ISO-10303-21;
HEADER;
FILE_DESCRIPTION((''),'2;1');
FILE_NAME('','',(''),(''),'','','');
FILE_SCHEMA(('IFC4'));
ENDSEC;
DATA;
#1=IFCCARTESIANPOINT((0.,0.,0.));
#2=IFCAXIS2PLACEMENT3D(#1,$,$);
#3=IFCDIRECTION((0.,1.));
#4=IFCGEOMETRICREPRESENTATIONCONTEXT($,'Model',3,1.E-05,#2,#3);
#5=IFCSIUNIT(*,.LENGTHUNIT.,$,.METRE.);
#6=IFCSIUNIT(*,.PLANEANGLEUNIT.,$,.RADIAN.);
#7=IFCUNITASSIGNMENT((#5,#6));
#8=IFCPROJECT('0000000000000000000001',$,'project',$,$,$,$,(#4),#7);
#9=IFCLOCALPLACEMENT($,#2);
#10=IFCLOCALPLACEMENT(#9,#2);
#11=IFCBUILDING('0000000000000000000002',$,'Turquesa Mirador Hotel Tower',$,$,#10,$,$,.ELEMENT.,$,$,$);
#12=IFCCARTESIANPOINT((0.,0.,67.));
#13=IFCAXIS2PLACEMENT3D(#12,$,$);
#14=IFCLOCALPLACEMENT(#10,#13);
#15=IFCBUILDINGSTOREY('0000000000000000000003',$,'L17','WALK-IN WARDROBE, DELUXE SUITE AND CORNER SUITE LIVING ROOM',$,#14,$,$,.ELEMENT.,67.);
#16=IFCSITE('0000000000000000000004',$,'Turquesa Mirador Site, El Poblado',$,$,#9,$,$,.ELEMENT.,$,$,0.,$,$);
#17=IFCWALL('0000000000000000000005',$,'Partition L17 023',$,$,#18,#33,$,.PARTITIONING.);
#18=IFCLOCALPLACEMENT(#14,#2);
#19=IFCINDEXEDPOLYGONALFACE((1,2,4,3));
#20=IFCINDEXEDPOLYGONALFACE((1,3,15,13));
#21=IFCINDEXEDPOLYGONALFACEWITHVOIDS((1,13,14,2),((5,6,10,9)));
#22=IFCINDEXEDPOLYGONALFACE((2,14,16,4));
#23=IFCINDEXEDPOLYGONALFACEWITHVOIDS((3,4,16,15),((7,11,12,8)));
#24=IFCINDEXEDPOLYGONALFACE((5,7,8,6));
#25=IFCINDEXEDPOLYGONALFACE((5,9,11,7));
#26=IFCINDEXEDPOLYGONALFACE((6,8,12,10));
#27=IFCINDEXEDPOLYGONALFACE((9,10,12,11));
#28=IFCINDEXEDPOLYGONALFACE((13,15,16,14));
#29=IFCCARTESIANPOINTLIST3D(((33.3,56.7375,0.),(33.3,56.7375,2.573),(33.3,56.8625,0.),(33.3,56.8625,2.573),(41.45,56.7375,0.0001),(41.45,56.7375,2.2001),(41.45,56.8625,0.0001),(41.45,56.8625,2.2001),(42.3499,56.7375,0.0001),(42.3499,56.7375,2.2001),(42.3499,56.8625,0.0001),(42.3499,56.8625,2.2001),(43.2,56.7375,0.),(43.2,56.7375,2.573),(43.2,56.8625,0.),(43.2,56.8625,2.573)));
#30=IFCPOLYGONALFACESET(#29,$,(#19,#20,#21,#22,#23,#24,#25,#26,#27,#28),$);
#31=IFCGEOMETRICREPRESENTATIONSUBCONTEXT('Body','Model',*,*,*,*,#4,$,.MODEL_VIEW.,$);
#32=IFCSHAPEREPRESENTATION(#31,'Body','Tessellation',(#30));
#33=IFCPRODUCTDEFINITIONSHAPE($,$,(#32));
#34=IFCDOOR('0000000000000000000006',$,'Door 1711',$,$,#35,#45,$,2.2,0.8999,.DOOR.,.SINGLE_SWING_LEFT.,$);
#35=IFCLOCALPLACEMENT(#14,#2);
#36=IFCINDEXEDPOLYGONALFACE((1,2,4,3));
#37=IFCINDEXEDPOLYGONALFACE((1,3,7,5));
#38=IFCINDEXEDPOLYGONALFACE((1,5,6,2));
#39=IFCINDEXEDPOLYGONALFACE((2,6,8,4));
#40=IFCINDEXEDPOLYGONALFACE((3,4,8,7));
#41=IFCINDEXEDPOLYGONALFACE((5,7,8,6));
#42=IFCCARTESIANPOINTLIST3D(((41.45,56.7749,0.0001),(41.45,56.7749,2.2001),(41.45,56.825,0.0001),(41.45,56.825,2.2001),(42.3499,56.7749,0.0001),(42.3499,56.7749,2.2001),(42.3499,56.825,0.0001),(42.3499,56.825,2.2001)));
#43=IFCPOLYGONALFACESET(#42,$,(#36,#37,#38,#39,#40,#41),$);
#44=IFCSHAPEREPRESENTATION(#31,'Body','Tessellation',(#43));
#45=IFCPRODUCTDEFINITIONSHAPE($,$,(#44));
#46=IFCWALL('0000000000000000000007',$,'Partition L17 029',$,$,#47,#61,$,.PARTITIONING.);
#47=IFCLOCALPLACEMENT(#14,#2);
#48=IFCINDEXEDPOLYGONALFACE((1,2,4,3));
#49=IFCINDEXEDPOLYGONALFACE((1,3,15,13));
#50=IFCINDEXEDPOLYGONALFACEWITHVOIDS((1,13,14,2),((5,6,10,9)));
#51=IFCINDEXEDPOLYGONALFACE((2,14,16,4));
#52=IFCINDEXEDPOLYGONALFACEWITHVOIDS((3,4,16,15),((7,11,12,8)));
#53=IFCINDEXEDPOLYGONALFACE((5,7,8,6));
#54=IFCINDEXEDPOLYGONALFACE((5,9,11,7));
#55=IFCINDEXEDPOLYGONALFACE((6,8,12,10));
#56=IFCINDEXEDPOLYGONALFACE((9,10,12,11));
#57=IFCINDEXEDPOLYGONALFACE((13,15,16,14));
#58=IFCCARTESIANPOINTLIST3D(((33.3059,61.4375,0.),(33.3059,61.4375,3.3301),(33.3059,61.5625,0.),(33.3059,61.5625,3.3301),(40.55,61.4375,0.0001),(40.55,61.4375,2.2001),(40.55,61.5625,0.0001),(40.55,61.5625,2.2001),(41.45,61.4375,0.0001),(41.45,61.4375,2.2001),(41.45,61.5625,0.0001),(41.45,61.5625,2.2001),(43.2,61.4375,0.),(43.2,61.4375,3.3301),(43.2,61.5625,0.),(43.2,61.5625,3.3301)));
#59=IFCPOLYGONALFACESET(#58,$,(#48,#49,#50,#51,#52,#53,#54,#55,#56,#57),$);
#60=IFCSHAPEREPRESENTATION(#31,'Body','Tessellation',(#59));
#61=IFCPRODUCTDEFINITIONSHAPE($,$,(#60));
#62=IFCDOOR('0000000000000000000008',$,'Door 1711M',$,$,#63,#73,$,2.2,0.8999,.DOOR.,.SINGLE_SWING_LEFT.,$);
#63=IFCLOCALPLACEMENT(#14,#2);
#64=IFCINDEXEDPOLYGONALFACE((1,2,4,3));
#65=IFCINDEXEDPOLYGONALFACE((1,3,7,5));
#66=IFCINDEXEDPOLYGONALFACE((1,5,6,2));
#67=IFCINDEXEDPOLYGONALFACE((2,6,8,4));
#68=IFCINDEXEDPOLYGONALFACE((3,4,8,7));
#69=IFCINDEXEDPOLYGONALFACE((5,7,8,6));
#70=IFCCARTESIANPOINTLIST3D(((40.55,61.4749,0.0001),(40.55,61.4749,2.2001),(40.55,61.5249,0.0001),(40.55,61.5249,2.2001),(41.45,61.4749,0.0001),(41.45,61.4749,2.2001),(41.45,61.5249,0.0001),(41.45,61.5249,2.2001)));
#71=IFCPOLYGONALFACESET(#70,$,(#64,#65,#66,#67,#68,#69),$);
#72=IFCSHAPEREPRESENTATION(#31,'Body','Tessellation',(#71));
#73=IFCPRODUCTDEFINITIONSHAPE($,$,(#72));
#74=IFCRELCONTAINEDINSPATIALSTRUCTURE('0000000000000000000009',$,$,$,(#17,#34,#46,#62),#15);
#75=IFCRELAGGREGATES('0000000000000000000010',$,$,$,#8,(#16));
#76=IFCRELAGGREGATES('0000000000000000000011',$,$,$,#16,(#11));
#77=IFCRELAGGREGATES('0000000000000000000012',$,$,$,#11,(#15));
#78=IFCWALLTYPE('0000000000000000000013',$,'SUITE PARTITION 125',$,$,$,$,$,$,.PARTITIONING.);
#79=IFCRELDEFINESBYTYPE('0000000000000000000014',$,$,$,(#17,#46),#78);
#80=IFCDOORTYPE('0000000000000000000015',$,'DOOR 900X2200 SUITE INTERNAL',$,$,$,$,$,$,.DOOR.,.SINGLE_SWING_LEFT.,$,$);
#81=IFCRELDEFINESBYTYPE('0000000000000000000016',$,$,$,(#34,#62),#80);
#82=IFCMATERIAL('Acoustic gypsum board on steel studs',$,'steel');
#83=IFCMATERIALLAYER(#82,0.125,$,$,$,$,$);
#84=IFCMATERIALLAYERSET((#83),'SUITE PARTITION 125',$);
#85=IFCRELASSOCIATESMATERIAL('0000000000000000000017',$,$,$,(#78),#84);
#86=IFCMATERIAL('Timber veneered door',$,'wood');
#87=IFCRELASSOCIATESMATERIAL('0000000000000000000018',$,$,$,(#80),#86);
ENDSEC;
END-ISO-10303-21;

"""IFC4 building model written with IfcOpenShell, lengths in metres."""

from ifc_helpers import new_model, si_unit, direction, frame, frame_2d, origin, place, context, subcontext, project, spatial, rectangle, extrude, material, layer, layer_set, type_object, element, fill, save


model = new_model("IFC4")

# Units and contexts
model_context = context("Model", 3, precision=1e-05, world=origin(), true_north=direction((0.0, 1.0)))
body_context = subcontext(model_context, "Body", "Model", "MODEL_VIEW")
ifc_project = project(units=[si_unit("LENGTHUNIT", "METRE"), si_unit("PLANEANGLEUNIT", "RADIAN")], contexts=[model_context])

# Site, building, storey
site_placement = place(None, origin())
site = spatial("IfcSite", under=ifc_project, at=site_placement, Name="Turquesa Mirador Site, El Poblado", CompositionType="ELEMENT", RefElevation=0.0)
building_placement = place(site_placement, origin())
building = spatial("IfcBuilding", under=site, at=building_placement, Name="Turquesa Mirador Hotel Tower", CompositionType="ELEMENT")
storey_placement = place(building_placement, frame((0.0, 0.0, 67.0)))
storey = spatial("IfcBuildingStorey", under=building, at=storey_placement, Name="L17", Description="WALK-IN WARDROBE, DELUXE SUITE AND CORNER SUITE LIVING ROOM", CompositionType="ELEMENT", Elevation=67.0)

# Walls, openings, doors
ifc_material_1 = material(Name="Acoustic gypsum board on steel studs", Category="steel")
ifc_layer_1 = layer(ifc_material_1, 0.125)
ifc_layer_set_1 = layer_set([ifc_layer_1], Name="SUITE PARTITION 125")
wall_type_1 = type_object("IfcWallType", Name="SUITE PARTITION 125", PredefinedType="PARTITIONING", material=ifc_layer_set_1)
wall_1_placement = place(storey_placement, frame((33.3, 56.8, 0.0), z_axis=(0.0, 0.0, 1.0), x_axis=(1.0, 0.0, 0.0)))
wall_1 = element("IfcWall", 1, at=wall_1_placement, inside=storey, type_object=wall_type_1, Name="Partition L17 023", PredefinedType="PARTITIONING", context=body_context, shape_type="SweptSolid", body=[
    extrude(rectangle(XDim=9.8999, YDim=0.125, at=frame_2d((4.95, 0.0))), origin(), (0.0, 0.0, 1.0), 2.573),
])
opening_1_placement = place(wall_1_placement, frame((8.1499, 0.0, 0.0)))
opening_1 = element("IfcOpeningElement", 2, at=opening_1_placement, cuts=wall_1, PredefinedType="OPENING", context=body_context, shape_type="SweptSolid", body=[
    extrude(rectangle(XDim=0.8999, YDim=2.2, at=frame_2d((0.45, 1.1001))), frame((0.0, 0.0725, 0.0), z_axis=(0.0, -1.0, 0.0), x_axis=(1.0, 0.0, 0.0)), (0.0, 0.0, 1.0), 0.145),
])
ifc_material_2 = material(Name="Timber veneered door", Category="wood")
door_type = type_object("IfcDoorType", Name="DOOR 900X2200 SUITE INTERNAL", OperationType="SINGLE_SWING_LEFT", PredefinedType="DOOR", material=ifc_material_2)
door_1_placement = place(opening_1_placement, origin())
door_1 = element("IfcDoor", 3, at=door_1_placement, inside=storey, type_object=door_type, Name="Door 1711", OperationType="SINGLE_SWING_LEFT", OverallHeight=2.2, OverallWidth=0.8999, PredefinedType="DOOR", context=body_context, shape_type="SweptSolid", body=[
    extrude(rectangle(XDim=0.8999, YDim=2.2, at=frame_2d((0.45, 1.1001))), frame((0.0, 0.0249, 0.0), z_axis=(0.0, -1.0, 0.0), x_axis=(1.0, 0.0, 0.0)), (0.0, 0.0, 1.0), 0.05),
])
fill(opening_1, door_1)
wall_2_placement = place(storey_placement, frame((33.3059, 61.5, 0.0), z_axis=(0.0, 0.0, 1.0), x_axis=(1.0, 0.0, 0.0)))
wall_2 = element("IfcWall", 4, at=wall_2_placement, inside=storey, type_object=wall_type_1, Name="Partition L17 029", PredefinedType="PARTITIONING", context=body_context, shape_type="SweptSolid", body=[
    extrude(rectangle(XDim=9.894, YDim=0.125, at=frame_2d((4.947, 0.0))), origin(), (0.0, 0.0, 1.0), 3.3301),
])
opening_2_placement = place(wall_2_placement, frame((7.2441, 0.0, 0.0)))
opening_2 = element("IfcOpeningElement", 5, at=opening_2_placement, cuts=wall_2, PredefinedType="OPENING", context=body_context, shape_type="SweptSolid", body=[
    extrude(rectangle(XDim=0.8999, YDim=2.2, at=frame_2d((0.45, 1.1001))), frame((0.0, 0.0725, 0.0), z_axis=(0.0, -1.0, 0.0), x_axis=(1.0, 0.0, 0.0)), (0.0, 0.0, 1.0), 0.145),
])
door_2_placement = place(opening_2_placement, origin())
door_2 = element("IfcDoor", 6, at=door_2_placement, inside=storey, type_object=door_type, Name="Door 1711M", OperationType="SINGLE_SWING_LEFT", OverallHeight=2.2, OverallWidth=0.8999, PredefinedType="DOOR", context=body_context, shape_type="SweptSolid", body=[
    extrude(rectangle(XDim=0.8999, YDim=2.2, at=frame_2d((0.45, 1.1001))), frame((0.0, 0.0249, 0.0), z_axis=(0.0, -1.0, 0.0), x_axis=(1.0, 0.0, 0.0)), (0.0, 0.0, 1.0), 0.05),
])
fill(opening_2, door_2)

save(model, "model.ifc")
